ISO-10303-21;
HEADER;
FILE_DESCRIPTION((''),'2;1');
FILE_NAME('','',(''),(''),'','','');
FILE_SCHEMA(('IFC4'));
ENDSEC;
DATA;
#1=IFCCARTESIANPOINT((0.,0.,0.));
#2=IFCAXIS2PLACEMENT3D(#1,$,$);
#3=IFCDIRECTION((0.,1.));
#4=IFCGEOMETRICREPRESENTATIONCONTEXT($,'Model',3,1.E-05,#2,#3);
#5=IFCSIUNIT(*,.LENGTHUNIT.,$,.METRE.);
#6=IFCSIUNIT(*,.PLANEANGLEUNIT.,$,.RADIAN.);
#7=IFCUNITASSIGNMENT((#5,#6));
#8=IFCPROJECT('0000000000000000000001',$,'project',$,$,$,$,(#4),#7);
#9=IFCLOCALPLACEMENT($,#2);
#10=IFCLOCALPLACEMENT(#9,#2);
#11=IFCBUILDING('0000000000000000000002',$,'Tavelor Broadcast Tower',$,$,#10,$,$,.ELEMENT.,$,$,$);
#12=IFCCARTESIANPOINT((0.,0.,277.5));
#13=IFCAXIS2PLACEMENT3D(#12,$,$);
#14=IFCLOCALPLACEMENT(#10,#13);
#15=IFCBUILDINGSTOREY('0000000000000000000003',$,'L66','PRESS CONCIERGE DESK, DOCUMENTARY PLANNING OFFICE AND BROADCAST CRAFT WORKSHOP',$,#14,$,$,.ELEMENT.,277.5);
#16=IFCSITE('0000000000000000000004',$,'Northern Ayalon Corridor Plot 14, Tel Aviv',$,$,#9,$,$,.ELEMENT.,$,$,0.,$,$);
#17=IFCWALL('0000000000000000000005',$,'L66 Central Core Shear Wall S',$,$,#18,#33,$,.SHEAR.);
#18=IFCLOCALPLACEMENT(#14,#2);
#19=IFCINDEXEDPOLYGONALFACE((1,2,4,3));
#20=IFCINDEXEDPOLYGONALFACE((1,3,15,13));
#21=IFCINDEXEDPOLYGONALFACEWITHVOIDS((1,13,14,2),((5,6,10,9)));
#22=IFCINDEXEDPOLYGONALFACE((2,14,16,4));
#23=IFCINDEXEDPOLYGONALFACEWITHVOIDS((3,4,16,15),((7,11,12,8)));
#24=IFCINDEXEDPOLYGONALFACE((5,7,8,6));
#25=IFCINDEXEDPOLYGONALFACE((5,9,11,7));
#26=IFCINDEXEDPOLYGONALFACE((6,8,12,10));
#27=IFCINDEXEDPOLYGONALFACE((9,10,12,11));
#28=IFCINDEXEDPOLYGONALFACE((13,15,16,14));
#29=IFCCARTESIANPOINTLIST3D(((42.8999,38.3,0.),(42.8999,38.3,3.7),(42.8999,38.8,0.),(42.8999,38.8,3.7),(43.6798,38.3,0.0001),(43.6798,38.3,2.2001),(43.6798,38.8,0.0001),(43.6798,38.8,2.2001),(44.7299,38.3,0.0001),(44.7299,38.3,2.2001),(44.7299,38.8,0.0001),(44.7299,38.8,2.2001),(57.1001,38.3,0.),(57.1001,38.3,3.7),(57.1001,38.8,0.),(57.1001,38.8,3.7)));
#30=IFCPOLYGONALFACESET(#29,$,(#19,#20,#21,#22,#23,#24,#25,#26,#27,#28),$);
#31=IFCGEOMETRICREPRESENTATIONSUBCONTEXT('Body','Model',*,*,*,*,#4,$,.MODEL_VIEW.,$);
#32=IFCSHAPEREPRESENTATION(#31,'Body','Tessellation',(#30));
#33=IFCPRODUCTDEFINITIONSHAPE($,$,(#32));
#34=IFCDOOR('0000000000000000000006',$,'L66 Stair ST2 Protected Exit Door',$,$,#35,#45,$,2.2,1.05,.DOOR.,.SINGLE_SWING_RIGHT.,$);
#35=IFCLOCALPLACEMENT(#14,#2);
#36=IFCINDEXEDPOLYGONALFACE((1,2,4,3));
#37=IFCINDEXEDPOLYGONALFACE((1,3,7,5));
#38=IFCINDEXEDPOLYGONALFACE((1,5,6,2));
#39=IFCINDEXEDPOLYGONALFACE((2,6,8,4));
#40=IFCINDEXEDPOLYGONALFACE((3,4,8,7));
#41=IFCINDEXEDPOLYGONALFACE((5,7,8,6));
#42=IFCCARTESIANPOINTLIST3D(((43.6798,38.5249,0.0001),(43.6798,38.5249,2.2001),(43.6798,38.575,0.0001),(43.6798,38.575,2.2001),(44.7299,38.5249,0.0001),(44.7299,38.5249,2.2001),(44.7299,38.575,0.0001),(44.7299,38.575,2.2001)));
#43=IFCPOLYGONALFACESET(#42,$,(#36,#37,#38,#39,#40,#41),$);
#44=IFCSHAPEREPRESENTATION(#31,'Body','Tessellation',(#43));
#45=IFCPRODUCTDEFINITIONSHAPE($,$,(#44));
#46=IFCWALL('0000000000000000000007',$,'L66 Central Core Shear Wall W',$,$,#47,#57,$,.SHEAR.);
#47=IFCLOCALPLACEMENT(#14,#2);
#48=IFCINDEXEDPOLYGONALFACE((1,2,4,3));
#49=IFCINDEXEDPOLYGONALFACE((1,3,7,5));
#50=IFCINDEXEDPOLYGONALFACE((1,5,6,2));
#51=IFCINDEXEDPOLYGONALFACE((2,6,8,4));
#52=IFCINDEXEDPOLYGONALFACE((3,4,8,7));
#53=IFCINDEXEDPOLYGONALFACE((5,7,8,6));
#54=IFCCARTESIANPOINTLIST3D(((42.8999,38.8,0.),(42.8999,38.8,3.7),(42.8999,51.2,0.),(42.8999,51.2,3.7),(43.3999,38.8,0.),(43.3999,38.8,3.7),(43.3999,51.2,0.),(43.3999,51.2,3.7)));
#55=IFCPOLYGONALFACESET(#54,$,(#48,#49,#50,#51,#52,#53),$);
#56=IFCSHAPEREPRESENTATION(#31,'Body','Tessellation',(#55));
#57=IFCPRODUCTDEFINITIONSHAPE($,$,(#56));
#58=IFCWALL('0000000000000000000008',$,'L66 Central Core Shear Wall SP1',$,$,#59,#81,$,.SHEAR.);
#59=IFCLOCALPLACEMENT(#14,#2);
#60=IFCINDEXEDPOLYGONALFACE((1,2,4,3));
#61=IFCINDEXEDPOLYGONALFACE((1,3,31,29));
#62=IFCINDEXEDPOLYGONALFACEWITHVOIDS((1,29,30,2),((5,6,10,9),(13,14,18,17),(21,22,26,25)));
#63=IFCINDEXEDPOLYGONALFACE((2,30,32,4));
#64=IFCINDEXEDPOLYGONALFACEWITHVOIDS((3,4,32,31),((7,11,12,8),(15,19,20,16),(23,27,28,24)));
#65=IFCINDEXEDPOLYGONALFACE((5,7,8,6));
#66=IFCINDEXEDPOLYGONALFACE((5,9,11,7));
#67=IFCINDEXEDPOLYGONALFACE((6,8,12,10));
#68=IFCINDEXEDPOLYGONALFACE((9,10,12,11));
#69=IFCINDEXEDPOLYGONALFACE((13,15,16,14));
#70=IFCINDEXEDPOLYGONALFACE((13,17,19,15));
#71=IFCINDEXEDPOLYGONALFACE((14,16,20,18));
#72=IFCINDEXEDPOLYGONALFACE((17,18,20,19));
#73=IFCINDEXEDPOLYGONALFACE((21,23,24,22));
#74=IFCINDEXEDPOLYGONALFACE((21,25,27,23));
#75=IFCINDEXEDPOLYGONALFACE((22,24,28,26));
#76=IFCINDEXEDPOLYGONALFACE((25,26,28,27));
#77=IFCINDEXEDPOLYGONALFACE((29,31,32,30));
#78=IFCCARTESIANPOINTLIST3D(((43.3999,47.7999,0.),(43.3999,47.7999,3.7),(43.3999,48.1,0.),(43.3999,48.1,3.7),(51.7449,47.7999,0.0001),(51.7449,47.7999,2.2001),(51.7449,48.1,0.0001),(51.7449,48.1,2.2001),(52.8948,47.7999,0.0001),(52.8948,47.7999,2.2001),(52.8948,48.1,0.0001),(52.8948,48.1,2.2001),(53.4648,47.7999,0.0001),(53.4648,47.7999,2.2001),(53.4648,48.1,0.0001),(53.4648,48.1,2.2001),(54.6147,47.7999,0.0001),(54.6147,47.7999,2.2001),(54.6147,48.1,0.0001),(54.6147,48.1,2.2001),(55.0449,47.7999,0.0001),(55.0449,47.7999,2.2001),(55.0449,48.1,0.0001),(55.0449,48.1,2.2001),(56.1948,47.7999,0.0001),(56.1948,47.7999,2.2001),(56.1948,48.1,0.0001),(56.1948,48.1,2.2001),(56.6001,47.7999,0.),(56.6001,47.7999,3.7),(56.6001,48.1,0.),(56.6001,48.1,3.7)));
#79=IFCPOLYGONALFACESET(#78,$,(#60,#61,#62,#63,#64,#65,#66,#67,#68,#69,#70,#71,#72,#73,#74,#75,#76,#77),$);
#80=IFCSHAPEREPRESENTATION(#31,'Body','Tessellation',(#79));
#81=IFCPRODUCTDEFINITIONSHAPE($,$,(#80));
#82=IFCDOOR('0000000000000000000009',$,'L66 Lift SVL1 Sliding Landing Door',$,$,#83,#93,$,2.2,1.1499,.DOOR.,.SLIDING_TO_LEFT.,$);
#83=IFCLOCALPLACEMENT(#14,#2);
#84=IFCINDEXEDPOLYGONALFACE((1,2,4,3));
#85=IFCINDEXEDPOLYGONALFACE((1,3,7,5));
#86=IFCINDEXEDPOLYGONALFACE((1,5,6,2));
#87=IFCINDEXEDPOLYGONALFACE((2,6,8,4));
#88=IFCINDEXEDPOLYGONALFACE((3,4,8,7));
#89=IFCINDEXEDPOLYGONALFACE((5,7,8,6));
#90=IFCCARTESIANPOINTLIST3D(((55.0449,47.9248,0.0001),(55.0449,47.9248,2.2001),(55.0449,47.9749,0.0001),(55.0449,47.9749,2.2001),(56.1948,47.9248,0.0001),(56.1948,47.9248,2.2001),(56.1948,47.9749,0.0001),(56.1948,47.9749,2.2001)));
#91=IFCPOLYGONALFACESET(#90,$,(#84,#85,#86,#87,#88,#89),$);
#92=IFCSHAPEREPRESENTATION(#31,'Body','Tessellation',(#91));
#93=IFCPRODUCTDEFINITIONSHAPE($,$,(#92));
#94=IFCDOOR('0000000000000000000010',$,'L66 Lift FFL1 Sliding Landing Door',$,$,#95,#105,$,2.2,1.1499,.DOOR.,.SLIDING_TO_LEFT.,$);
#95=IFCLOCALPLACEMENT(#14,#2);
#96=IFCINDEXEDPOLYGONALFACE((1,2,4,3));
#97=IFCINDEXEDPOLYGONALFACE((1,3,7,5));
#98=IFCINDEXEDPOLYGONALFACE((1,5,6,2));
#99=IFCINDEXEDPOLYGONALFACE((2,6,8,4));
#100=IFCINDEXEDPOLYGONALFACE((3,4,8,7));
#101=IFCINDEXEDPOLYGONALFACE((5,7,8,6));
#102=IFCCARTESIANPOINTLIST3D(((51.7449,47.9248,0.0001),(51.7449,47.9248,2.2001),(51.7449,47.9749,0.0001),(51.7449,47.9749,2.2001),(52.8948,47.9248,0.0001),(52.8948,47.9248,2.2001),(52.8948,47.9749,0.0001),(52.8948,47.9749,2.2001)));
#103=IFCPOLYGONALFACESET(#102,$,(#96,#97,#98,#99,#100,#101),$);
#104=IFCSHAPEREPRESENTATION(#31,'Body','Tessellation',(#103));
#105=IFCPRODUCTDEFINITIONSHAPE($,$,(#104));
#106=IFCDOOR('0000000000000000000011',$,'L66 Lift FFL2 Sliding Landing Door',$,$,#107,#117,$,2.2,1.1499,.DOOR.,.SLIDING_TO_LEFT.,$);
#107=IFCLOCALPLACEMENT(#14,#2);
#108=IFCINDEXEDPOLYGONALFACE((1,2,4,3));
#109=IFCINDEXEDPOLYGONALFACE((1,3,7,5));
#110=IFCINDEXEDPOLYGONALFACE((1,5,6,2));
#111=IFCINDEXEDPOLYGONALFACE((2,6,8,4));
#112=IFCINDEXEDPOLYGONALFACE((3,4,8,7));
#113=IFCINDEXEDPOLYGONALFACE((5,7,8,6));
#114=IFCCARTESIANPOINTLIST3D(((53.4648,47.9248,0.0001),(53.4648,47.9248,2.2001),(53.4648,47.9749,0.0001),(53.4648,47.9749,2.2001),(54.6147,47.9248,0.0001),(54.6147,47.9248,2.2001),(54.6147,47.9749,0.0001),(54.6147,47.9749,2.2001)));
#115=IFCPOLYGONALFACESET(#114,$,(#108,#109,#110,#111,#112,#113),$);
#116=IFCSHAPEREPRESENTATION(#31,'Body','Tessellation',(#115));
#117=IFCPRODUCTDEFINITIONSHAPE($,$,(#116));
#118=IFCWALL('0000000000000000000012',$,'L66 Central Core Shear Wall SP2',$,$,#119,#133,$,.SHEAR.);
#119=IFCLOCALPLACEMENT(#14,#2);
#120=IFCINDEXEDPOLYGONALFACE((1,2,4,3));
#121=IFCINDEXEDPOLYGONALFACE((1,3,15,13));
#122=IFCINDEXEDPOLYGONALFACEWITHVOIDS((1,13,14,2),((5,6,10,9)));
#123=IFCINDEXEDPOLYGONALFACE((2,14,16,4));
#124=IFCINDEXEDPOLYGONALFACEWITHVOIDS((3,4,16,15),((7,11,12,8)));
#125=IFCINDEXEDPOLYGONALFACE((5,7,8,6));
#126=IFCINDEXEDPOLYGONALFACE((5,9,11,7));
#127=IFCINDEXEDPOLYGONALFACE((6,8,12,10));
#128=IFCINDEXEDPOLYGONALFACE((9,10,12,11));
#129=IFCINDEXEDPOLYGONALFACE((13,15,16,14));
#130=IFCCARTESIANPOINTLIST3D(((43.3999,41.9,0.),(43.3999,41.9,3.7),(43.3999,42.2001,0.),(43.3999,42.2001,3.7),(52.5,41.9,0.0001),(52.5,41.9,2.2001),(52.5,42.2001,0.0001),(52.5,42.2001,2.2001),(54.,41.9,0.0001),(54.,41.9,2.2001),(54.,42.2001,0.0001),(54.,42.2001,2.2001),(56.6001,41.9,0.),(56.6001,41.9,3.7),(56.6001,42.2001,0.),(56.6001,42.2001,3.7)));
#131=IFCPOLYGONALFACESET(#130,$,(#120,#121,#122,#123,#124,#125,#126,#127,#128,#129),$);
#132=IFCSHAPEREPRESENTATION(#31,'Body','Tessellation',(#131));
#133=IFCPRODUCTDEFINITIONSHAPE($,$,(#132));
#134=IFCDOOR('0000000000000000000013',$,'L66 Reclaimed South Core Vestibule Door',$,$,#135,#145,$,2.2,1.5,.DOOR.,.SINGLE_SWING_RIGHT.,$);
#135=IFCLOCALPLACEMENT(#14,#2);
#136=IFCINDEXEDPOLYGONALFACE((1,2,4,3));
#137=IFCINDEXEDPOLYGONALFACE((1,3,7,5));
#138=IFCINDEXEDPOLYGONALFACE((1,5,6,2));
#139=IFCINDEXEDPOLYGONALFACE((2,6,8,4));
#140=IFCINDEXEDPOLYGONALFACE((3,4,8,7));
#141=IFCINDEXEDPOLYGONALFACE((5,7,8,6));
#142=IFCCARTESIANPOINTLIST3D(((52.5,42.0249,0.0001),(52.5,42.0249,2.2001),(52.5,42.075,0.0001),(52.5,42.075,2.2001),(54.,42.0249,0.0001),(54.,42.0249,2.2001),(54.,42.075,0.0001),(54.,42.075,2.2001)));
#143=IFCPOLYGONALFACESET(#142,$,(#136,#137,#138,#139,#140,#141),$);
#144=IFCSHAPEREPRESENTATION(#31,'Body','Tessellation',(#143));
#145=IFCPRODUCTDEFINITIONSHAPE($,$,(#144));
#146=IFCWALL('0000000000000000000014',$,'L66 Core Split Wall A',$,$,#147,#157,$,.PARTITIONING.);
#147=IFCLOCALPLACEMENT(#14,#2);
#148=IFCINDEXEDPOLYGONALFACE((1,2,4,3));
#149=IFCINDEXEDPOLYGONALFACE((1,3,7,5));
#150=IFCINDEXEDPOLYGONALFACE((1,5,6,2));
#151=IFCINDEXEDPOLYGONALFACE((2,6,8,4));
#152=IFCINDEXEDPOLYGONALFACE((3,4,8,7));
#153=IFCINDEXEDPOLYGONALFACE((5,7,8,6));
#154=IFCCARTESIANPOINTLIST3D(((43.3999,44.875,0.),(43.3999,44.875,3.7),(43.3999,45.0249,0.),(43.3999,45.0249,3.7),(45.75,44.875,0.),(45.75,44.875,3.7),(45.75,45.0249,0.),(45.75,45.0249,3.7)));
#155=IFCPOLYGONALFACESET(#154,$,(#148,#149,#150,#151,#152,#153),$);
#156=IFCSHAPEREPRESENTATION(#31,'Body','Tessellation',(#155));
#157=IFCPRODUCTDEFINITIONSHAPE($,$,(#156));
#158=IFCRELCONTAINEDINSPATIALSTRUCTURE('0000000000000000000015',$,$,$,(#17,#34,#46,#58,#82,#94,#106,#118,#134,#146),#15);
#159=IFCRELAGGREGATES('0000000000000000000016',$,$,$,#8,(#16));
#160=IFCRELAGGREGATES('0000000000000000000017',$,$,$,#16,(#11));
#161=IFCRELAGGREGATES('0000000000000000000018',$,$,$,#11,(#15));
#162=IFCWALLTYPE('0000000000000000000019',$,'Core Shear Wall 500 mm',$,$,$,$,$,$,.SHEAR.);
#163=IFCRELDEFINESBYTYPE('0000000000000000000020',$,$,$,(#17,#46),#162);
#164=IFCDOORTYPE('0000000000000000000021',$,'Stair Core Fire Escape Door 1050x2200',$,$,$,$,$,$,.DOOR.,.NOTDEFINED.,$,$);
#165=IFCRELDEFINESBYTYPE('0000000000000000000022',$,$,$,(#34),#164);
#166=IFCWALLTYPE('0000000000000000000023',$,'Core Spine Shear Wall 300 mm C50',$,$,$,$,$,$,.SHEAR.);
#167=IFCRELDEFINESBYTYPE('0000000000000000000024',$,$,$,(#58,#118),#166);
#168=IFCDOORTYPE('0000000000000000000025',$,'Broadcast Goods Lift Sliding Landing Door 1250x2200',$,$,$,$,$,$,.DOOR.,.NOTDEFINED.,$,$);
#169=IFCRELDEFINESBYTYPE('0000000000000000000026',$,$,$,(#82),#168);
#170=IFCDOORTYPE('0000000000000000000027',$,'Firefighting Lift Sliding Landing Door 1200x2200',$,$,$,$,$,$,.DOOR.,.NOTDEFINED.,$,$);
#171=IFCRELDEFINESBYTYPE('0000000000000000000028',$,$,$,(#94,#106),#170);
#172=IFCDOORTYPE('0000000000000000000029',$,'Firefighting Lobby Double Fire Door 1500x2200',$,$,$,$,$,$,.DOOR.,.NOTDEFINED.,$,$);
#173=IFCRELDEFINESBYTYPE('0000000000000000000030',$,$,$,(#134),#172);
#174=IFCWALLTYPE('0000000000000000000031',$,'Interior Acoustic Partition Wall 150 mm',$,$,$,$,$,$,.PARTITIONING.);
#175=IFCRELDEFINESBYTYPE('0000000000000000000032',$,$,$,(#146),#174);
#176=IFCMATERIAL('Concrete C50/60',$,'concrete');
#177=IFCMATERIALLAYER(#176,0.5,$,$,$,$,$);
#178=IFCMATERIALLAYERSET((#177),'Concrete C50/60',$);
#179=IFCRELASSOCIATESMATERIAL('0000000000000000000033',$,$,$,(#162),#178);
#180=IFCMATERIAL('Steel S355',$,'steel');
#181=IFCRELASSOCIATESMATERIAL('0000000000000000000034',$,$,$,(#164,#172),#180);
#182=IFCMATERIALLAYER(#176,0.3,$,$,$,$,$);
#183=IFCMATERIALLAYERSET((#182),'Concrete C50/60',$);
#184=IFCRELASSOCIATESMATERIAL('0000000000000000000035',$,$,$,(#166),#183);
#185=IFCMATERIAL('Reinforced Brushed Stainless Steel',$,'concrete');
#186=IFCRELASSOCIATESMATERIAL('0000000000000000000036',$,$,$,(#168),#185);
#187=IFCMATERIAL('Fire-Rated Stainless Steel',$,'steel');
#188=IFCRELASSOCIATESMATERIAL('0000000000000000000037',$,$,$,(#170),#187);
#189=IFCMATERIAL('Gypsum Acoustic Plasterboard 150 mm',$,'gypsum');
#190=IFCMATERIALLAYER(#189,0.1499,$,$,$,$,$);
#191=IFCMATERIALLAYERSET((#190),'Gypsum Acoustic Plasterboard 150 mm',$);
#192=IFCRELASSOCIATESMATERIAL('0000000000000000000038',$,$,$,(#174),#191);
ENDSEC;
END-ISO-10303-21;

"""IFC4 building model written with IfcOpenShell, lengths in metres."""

from ifc_helpers import new_model, si_unit, direction, frame, frame_2d, origin, place, context, subcontext, project, spatial, rectangle, extrude, material, layer, layer_set, type_object, element, fill, save


model = new_model("IFC4")

# Units and contexts
model_context = context("Model", 3, precision=1e-05, world=origin(), true_north=direction((0.0, 1.0)))
body_context = subcontext(model_context, "Body", "Model", "MODEL_VIEW")
ifc_project = project(units=[si_unit("LENGTHUNIT", "METRE"), si_unit("PLANEANGLEUNIT", "RADIAN")], contexts=[model_context])

# Site, building, storey
site_placement = place(None, origin())
site = spatial("IfcSite", under=ifc_project, at=site_placement, Name="Northern Ayalon Corridor Plot 14, Tel Aviv", CompositionType="ELEMENT", RefElevation=0.0)
building_placement = place(site_placement, origin())
building = spatial("IfcBuilding", under=site, at=building_placement, Name="Tavelor Broadcast Tower", CompositionType="ELEMENT")
storey_placement = place(building_placement, frame((0.0, 0.0, 277.5)))
storey = spatial("IfcBuildingStorey", under=building, at=storey_placement, Name="L66", Description="PRESS CONCIERGE DESK, DOCUMENTARY PLANNING OFFICE AND BROADCAST CRAFT WORKSHOP", CompositionType="ELEMENT", Elevation=277.5)

# Shared definitions
ifc_material_1 = material(Name="Concrete C50/60", Category="concrete")

# Shared definitions
ifc_material_2 = material(Name="Steel S355", Category="steel")

# Wall, opening, door
ifc_layer_1 = layer(ifc_material_1, 0.5)
ifc_layer_set_1 = layer_set([ifc_layer_1], Name="Concrete C50/60")
wall_type_1 = type_object("IfcWallType", Name="Core Shear Wall 500 mm", PredefinedType="SHEAR", material=ifc_layer_set_1)
wall_1_placement = place(storey_placement, frame((42.8999, 38.55, 0.0), z_axis=(0.0, 0.0, 1.0), x_axis=(1.0, 0.0, 0.0)))
wall_1 = element("IfcWall", 1, at=wall_1_placement, inside=storey, type_object=wall_type_1, Name="L66 Central Core Shear Wall S", PredefinedType="SHEAR", context=body_context, shape_type="SweptSolid", body=[
    extrude(rectangle(XDim=14.2002, YDim=0.5, at=frame_2d((7.1001, 0.0))), origin(), (0.0, 0.0, 1.0), 3.7),
])
opening_1_placement = place(wall_1_placement, frame((0.78, 0.0, 0.0)))
opening_1 = element("IfcOpeningElement", 2, at=opening_1_placement, cuts=wall_1, PredefinedType="OPENING", context=body_context, shape_type="SweptSolid", body=[
    extrude(rectangle(XDim=1.05, YDim=2.2, at=frame_2d((0.5249, 1.1001))), frame((0.0, 0.26, 0.0), z_axis=(0.0, -1.0, 0.0), x_axis=(1.0, 0.0, 0.0)), (0.0, 0.0, 1.0), 0.52),
])
door_type_1 = type_object("IfcDoorType", Name="Stair Core Fire Escape Door 1050x2200", OperationType="NOTDEFINED", PredefinedType="DOOR", material=ifc_material_2)
door_1_placement = place(opening_1_placement, origin())
door_1 = element("IfcDoor", 3, at=door_1_placement, inside=storey, type_object=door_type_1, Name="L66 Stair ST2 Protected Exit Door", OperationType="SINGLE_SWING_RIGHT", OverallHeight=2.2, OverallWidth=1.05, PredefinedType="DOOR", context=body_context, shape_type="SweptSolid", body=[
    extrude(rectangle(XDim=1.05, YDim=2.2, at=frame_2d((0.5249, 1.1001))), frame((0.0, 0.0249, 0.0), z_axis=(0.0, -1.0, 0.0), x_axis=(1.0, 0.0, 0.0)), (0.0, 0.0, 1.0), 0.05),
])
fill(opening_1, door_1)

# Wall
wall_2_placement = place(storey_placement, frame((43.1499, 38.8, 0.0), z_axis=(0.0, 0.0, 1.0), x_axis=(0.0, 1.0, 0.0)))
element("IfcWall", 4, at=wall_2_placement, inside=storey, type_object=wall_type_1, Name="L66 Central Core Shear Wall W", PredefinedType="SHEAR", context=body_context, shape_type="SweptSolid", body=[
    extrude(rectangle(XDim=12.3999, YDim=0.5, at=frame_2d((6.2, 0.0))), origin(), (0.0, 0.0, 1.0), 3.7),
])

# Wall, openings, doors
ifc_layer_2 = layer(ifc_material_1, 0.3)
ifc_layer_set_2 = layer_set([ifc_layer_2], Name="Concrete C50/60")
wall_type_2 = type_object("IfcWallType", Name="Core Spine Shear Wall 300 mm C50", PredefinedType="SHEAR", material=ifc_layer_set_2)
wall_3_placement = place(storey_placement, frame((43.3999, 47.95, 0.0), z_axis=(0.0, 0.0, 1.0), x_axis=(1.0, 0.0, 0.0)))
wall_3 = element("IfcWall", 5, at=wall_3_placement, inside=storey, type_object=wall_type_2, Name="L66 Central Core Shear Wall SP1", PredefinedType="SHEAR", context=body_context, shape_type="SweptSolid", body=[
    extrude(rectangle(XDim=13.2002, YDim=0.3, at=frame_2d((6.6001, 0.0))), origin(), (0.0, 0.0, 1.0), 3.7),
])
opening_2_placement = place(wall_3_placement, frame((8.345, 0.0, 0.0)))
opening_2 = element("IfcOpeningElement", 6, at=opening_2_placement, cuts=wall_3, PredefinedType="OPENING", context=body_context, shape_type="SweptSolid", body=[
    extrude(rectangle(XDim=1.1499, YDim=2.2, at=frame_2d((0.575, 1.1001))), frame((0.0, 0.1602, 0.0), z_axis=(0.0, -1.0, 0.0), x_axis=(1.0, 0.0, 0.0)), (0.0, 0.0, 1.0), 0.3201),
])
opening_3_placement = place(wall_3_placement, frame((10.0649, 0.0, 0.0)))
opening_3 = element("IfcOpeningElement", 7, at=opening_3_placement, cuts=wall_3, PredefinedType="OPENING", context=body_context, shape_type="SweptSolid", body=[
    extrude(rectangle(XDim=1.1499, YDim=2.2, at=frame_2d((0.575, 1.1001))), frame((0.0, 0.1602, 0.0), z_axis=(0.0, -1.0, 0.0), x_axis=(1.0, 0.0, 0.0)), (0.0, 0.0, 1.0), 0.3201),
])
opening_4_placement = place(wall_3_placement, frame((11.645, 0.0, 0.0)))
opening_4 = element("IfcOpeningElement", 8, at=opening_4_placement, cuts=wall_3, PredefinedType="OPENING", context=body_context, shape_type="SweptSolid", body=[
    extrude(rectangle(XDim=1.1499, YDim=2.2, at=frame_2d((0.575, 1.1001))), frame((0.0, 0.1602, 0.0), z_axis=(0.0, -1.0, 0.0), x_axis=(1.0, 0.0, 0.0)), (0.0, 0.0, 1.0), 0.3201),
])
ifc_material_3 = material(Name="Reinforced Brushed Stainless Steel", Category="concrete")
door_type_2 = type_object("IfcDoorType", Name="Broadcast Goods Lift Sliding Landing Door 1250x2200", OperationType="NOTDEFINED", PredefinedType="DOOR", material=ifc_material_3)
door_2_placement = place(opening_4_placement, origin())
door_2 = element("IfcDoor", 9, at=door_2_placement, inside=storey, type_object=door_type_2, Name="L66 Lift SVL1 Sliding Landing Door", OperationType="SLIDING_TO_LEFT", OverallHeight=2.2, OverallWidth=1.1499, PredefinedType="DOOR", context=body_context, shape_type="SweptSolid", body=[
    extrude(rectangle(XDim=1.1499, YDim=2.2, at=frame_2d((0.575, 1.1001))), frame((0.0, 0.0249, 0.0), z_axis=(0.0, -1.0, 0.0), x_axis=(1.0, 0.0, 0.0)), (0.0, 0.0, 1.0), 0.05),
])
fill(opening_4, door_2)
ifc_material_4 = material(Name="Fire-Rated Stainless Steel", Category="steel")
door_type_3 = type_object("IfcDoorType", Name="Firefighting Lift Sliding Landing Door 1200x2200", OperationType="NOTDEFINED", PredefinedType="DOOR", material=ifc_material_4)
door_3_placement = place(opening_2_placement, origin())
door_3 = element("IfcDoor", 10, at=door_3_placement, inside=storey, type_object=door_type_3, Name="L66 Lift FFL1 Sliding Landing Door", OperationType="SLIDING_TO_LEFT", OverallHeight=2.2, OverallWidth=1.1499, PredefinedType="DOOR", context=body_context, shape_type="SweptSolid", body=[
    extrude(rectangle(XDim=1.1499, YDim=2.2, at=frame_2d((0.575, 1.1001))), frame((0.0, 0.0249, 0.0), z_axis=(0.0, -1.0, 0.0), x_axis=(1.0, 0.0, 0.0)), (0.0, 0.0, 1.0), 0.05),
])
fill(opening_2, door_3)
door_4_placement = place(opening_3_placement, origin())
door_4 = element("IfcDoor", 11, at=door_4_placement, inside=storey, type_object=door_type_3, Name="L66 Lift FFL2 Sliding Landing Door", OperationType="SLIDING_TO_LEFT", OverallHeight=2.2, OverallWidth=1.1499, PredefinedType="DOOR", context=body_context, shape_type="SweptSolid", body=[
    extrude(rectangle(XDim=1.1499, YDim=2.2, at=frame_2d((0.575, 1.1001))), frame((0.0, 0.0249, 0.0), z_axis=(0.0, -1.0, 0.0), x_axis=(1.0, 0.0, 0.0)), (0.0, 0.0, 1.0), 0.05),
])
fill(opening_3, door_4)

# Wall, opening, door
wall_4_placement = place(storey_placement, frame((43.3999, 42.05, 0.0), z_axis=(0.0, 0.0, 1.0), x_axis=(1.0, 0.0, 0.0)))
wall_4 = element("IfcWall", 12, at=wall_4_placement, inside=storey, type_object=wall_type_2, Name="L66 Central Core Shear Wall SP2", PredefinedType="SHEAR", context=body_context, shape_type="SweptSolid", body=[
    extrude(rectangle(XDim=13.2002, YDim=0.3, at=frame_2d((6.6001, 0.0))), origin(), (0.0, 0.0, 1.0), 3.7),
])
opening_5_placement = place(wall_4_placement, frame((9.1001, 0.0, 0.0)))
opening_5 = element("IfcOpeningElement", 13, at=opening_5_placement, cuts=wall_4, PredefinedType="OPENING", context=body_context, shape_type="SweptSolid", body=[
    extrude(rectangle(XDim=1.5, YDim=2.2, at=frame_2d((0.75, 1.1001))), frame((0.0, 0.1602, 0.0), z_axis=(0.0, -1.0, 0.0), x_axis=(1.0, 0.0, 0.0)), (0.0, 0.0, 1.0), 0.3201),
])
door_type_4 = type_object("IfcDoorType", Name="Firefighting Lobby Double Fire Door 1500x2200", OperationType="NOTDEFINED", PredefinedType="DOOR", material=ifc_material_2)
door_5_placement = place(opening_5_placement, origin())
door_5 = element("IfcDoor", 14, at=door_5_placement, inside=storey, type_object=door_type_4, Name="L66 Reclaimed South Core Vestibule Door", OperationType="SINGLE_SWING_RIGHT", OverallHeight=2.2, OverallWidth=1.5, PredefinedType="DOOR", context=body_context, shape_type="SweptSolid", body=[
    extrude(rectangle(XDim=1.5, YDim=2.2, at=frame_2d((0.75, 1.1001))), frame((0.0, 0.0249, 0.0), z_axis=(0.0, -1.0, 0.0), x_axis=(1.0, 0.0, 0.0)), (0.0, 0.0, 1.0), 0.05),
])
fill(opening_5, door_5)

# Wall
ifc_material_5 = material(Name="Gypsum Acoustic Plasterboard 150 mm", Category="gypsum")
ifc_layer_3 = layer(ifc_material_5, 0.1499)
ifc_layer_set_3 = layer_set([ifc_layer_3], Name="Gypsum Acoustic Plasterboard 150 mm")
wall_type_3 = type_object("IfcWallType", Name="Interior Acoustic Partition Wall 150 mm", PredefinedType="PARTITIONING", material=ifc_layer_set_3)
wall_5_placement = place(storey_placement, frame((43.3999, 44.95, 0.0), z_axis=(0.0, 0.0, 1.0), x_axis=(1.0, 0.0, 0.0)))
element("IfcWall", 15, at=wall_5_placement, inside=storey, type_object=wall_type_3, Name="L66 Core Split Wall A", PredefinedType="PARTITIONING", context=body_context, shape_type="SweptSolid", body=[
    extrude(rectangle(XDim=2.3501, YDim=0.1499, at=frame_2d((1.175, 0.0))), origin(), (0.0, 0.0, 1.0), 3.7),
])

save(model, "model.ifc")
